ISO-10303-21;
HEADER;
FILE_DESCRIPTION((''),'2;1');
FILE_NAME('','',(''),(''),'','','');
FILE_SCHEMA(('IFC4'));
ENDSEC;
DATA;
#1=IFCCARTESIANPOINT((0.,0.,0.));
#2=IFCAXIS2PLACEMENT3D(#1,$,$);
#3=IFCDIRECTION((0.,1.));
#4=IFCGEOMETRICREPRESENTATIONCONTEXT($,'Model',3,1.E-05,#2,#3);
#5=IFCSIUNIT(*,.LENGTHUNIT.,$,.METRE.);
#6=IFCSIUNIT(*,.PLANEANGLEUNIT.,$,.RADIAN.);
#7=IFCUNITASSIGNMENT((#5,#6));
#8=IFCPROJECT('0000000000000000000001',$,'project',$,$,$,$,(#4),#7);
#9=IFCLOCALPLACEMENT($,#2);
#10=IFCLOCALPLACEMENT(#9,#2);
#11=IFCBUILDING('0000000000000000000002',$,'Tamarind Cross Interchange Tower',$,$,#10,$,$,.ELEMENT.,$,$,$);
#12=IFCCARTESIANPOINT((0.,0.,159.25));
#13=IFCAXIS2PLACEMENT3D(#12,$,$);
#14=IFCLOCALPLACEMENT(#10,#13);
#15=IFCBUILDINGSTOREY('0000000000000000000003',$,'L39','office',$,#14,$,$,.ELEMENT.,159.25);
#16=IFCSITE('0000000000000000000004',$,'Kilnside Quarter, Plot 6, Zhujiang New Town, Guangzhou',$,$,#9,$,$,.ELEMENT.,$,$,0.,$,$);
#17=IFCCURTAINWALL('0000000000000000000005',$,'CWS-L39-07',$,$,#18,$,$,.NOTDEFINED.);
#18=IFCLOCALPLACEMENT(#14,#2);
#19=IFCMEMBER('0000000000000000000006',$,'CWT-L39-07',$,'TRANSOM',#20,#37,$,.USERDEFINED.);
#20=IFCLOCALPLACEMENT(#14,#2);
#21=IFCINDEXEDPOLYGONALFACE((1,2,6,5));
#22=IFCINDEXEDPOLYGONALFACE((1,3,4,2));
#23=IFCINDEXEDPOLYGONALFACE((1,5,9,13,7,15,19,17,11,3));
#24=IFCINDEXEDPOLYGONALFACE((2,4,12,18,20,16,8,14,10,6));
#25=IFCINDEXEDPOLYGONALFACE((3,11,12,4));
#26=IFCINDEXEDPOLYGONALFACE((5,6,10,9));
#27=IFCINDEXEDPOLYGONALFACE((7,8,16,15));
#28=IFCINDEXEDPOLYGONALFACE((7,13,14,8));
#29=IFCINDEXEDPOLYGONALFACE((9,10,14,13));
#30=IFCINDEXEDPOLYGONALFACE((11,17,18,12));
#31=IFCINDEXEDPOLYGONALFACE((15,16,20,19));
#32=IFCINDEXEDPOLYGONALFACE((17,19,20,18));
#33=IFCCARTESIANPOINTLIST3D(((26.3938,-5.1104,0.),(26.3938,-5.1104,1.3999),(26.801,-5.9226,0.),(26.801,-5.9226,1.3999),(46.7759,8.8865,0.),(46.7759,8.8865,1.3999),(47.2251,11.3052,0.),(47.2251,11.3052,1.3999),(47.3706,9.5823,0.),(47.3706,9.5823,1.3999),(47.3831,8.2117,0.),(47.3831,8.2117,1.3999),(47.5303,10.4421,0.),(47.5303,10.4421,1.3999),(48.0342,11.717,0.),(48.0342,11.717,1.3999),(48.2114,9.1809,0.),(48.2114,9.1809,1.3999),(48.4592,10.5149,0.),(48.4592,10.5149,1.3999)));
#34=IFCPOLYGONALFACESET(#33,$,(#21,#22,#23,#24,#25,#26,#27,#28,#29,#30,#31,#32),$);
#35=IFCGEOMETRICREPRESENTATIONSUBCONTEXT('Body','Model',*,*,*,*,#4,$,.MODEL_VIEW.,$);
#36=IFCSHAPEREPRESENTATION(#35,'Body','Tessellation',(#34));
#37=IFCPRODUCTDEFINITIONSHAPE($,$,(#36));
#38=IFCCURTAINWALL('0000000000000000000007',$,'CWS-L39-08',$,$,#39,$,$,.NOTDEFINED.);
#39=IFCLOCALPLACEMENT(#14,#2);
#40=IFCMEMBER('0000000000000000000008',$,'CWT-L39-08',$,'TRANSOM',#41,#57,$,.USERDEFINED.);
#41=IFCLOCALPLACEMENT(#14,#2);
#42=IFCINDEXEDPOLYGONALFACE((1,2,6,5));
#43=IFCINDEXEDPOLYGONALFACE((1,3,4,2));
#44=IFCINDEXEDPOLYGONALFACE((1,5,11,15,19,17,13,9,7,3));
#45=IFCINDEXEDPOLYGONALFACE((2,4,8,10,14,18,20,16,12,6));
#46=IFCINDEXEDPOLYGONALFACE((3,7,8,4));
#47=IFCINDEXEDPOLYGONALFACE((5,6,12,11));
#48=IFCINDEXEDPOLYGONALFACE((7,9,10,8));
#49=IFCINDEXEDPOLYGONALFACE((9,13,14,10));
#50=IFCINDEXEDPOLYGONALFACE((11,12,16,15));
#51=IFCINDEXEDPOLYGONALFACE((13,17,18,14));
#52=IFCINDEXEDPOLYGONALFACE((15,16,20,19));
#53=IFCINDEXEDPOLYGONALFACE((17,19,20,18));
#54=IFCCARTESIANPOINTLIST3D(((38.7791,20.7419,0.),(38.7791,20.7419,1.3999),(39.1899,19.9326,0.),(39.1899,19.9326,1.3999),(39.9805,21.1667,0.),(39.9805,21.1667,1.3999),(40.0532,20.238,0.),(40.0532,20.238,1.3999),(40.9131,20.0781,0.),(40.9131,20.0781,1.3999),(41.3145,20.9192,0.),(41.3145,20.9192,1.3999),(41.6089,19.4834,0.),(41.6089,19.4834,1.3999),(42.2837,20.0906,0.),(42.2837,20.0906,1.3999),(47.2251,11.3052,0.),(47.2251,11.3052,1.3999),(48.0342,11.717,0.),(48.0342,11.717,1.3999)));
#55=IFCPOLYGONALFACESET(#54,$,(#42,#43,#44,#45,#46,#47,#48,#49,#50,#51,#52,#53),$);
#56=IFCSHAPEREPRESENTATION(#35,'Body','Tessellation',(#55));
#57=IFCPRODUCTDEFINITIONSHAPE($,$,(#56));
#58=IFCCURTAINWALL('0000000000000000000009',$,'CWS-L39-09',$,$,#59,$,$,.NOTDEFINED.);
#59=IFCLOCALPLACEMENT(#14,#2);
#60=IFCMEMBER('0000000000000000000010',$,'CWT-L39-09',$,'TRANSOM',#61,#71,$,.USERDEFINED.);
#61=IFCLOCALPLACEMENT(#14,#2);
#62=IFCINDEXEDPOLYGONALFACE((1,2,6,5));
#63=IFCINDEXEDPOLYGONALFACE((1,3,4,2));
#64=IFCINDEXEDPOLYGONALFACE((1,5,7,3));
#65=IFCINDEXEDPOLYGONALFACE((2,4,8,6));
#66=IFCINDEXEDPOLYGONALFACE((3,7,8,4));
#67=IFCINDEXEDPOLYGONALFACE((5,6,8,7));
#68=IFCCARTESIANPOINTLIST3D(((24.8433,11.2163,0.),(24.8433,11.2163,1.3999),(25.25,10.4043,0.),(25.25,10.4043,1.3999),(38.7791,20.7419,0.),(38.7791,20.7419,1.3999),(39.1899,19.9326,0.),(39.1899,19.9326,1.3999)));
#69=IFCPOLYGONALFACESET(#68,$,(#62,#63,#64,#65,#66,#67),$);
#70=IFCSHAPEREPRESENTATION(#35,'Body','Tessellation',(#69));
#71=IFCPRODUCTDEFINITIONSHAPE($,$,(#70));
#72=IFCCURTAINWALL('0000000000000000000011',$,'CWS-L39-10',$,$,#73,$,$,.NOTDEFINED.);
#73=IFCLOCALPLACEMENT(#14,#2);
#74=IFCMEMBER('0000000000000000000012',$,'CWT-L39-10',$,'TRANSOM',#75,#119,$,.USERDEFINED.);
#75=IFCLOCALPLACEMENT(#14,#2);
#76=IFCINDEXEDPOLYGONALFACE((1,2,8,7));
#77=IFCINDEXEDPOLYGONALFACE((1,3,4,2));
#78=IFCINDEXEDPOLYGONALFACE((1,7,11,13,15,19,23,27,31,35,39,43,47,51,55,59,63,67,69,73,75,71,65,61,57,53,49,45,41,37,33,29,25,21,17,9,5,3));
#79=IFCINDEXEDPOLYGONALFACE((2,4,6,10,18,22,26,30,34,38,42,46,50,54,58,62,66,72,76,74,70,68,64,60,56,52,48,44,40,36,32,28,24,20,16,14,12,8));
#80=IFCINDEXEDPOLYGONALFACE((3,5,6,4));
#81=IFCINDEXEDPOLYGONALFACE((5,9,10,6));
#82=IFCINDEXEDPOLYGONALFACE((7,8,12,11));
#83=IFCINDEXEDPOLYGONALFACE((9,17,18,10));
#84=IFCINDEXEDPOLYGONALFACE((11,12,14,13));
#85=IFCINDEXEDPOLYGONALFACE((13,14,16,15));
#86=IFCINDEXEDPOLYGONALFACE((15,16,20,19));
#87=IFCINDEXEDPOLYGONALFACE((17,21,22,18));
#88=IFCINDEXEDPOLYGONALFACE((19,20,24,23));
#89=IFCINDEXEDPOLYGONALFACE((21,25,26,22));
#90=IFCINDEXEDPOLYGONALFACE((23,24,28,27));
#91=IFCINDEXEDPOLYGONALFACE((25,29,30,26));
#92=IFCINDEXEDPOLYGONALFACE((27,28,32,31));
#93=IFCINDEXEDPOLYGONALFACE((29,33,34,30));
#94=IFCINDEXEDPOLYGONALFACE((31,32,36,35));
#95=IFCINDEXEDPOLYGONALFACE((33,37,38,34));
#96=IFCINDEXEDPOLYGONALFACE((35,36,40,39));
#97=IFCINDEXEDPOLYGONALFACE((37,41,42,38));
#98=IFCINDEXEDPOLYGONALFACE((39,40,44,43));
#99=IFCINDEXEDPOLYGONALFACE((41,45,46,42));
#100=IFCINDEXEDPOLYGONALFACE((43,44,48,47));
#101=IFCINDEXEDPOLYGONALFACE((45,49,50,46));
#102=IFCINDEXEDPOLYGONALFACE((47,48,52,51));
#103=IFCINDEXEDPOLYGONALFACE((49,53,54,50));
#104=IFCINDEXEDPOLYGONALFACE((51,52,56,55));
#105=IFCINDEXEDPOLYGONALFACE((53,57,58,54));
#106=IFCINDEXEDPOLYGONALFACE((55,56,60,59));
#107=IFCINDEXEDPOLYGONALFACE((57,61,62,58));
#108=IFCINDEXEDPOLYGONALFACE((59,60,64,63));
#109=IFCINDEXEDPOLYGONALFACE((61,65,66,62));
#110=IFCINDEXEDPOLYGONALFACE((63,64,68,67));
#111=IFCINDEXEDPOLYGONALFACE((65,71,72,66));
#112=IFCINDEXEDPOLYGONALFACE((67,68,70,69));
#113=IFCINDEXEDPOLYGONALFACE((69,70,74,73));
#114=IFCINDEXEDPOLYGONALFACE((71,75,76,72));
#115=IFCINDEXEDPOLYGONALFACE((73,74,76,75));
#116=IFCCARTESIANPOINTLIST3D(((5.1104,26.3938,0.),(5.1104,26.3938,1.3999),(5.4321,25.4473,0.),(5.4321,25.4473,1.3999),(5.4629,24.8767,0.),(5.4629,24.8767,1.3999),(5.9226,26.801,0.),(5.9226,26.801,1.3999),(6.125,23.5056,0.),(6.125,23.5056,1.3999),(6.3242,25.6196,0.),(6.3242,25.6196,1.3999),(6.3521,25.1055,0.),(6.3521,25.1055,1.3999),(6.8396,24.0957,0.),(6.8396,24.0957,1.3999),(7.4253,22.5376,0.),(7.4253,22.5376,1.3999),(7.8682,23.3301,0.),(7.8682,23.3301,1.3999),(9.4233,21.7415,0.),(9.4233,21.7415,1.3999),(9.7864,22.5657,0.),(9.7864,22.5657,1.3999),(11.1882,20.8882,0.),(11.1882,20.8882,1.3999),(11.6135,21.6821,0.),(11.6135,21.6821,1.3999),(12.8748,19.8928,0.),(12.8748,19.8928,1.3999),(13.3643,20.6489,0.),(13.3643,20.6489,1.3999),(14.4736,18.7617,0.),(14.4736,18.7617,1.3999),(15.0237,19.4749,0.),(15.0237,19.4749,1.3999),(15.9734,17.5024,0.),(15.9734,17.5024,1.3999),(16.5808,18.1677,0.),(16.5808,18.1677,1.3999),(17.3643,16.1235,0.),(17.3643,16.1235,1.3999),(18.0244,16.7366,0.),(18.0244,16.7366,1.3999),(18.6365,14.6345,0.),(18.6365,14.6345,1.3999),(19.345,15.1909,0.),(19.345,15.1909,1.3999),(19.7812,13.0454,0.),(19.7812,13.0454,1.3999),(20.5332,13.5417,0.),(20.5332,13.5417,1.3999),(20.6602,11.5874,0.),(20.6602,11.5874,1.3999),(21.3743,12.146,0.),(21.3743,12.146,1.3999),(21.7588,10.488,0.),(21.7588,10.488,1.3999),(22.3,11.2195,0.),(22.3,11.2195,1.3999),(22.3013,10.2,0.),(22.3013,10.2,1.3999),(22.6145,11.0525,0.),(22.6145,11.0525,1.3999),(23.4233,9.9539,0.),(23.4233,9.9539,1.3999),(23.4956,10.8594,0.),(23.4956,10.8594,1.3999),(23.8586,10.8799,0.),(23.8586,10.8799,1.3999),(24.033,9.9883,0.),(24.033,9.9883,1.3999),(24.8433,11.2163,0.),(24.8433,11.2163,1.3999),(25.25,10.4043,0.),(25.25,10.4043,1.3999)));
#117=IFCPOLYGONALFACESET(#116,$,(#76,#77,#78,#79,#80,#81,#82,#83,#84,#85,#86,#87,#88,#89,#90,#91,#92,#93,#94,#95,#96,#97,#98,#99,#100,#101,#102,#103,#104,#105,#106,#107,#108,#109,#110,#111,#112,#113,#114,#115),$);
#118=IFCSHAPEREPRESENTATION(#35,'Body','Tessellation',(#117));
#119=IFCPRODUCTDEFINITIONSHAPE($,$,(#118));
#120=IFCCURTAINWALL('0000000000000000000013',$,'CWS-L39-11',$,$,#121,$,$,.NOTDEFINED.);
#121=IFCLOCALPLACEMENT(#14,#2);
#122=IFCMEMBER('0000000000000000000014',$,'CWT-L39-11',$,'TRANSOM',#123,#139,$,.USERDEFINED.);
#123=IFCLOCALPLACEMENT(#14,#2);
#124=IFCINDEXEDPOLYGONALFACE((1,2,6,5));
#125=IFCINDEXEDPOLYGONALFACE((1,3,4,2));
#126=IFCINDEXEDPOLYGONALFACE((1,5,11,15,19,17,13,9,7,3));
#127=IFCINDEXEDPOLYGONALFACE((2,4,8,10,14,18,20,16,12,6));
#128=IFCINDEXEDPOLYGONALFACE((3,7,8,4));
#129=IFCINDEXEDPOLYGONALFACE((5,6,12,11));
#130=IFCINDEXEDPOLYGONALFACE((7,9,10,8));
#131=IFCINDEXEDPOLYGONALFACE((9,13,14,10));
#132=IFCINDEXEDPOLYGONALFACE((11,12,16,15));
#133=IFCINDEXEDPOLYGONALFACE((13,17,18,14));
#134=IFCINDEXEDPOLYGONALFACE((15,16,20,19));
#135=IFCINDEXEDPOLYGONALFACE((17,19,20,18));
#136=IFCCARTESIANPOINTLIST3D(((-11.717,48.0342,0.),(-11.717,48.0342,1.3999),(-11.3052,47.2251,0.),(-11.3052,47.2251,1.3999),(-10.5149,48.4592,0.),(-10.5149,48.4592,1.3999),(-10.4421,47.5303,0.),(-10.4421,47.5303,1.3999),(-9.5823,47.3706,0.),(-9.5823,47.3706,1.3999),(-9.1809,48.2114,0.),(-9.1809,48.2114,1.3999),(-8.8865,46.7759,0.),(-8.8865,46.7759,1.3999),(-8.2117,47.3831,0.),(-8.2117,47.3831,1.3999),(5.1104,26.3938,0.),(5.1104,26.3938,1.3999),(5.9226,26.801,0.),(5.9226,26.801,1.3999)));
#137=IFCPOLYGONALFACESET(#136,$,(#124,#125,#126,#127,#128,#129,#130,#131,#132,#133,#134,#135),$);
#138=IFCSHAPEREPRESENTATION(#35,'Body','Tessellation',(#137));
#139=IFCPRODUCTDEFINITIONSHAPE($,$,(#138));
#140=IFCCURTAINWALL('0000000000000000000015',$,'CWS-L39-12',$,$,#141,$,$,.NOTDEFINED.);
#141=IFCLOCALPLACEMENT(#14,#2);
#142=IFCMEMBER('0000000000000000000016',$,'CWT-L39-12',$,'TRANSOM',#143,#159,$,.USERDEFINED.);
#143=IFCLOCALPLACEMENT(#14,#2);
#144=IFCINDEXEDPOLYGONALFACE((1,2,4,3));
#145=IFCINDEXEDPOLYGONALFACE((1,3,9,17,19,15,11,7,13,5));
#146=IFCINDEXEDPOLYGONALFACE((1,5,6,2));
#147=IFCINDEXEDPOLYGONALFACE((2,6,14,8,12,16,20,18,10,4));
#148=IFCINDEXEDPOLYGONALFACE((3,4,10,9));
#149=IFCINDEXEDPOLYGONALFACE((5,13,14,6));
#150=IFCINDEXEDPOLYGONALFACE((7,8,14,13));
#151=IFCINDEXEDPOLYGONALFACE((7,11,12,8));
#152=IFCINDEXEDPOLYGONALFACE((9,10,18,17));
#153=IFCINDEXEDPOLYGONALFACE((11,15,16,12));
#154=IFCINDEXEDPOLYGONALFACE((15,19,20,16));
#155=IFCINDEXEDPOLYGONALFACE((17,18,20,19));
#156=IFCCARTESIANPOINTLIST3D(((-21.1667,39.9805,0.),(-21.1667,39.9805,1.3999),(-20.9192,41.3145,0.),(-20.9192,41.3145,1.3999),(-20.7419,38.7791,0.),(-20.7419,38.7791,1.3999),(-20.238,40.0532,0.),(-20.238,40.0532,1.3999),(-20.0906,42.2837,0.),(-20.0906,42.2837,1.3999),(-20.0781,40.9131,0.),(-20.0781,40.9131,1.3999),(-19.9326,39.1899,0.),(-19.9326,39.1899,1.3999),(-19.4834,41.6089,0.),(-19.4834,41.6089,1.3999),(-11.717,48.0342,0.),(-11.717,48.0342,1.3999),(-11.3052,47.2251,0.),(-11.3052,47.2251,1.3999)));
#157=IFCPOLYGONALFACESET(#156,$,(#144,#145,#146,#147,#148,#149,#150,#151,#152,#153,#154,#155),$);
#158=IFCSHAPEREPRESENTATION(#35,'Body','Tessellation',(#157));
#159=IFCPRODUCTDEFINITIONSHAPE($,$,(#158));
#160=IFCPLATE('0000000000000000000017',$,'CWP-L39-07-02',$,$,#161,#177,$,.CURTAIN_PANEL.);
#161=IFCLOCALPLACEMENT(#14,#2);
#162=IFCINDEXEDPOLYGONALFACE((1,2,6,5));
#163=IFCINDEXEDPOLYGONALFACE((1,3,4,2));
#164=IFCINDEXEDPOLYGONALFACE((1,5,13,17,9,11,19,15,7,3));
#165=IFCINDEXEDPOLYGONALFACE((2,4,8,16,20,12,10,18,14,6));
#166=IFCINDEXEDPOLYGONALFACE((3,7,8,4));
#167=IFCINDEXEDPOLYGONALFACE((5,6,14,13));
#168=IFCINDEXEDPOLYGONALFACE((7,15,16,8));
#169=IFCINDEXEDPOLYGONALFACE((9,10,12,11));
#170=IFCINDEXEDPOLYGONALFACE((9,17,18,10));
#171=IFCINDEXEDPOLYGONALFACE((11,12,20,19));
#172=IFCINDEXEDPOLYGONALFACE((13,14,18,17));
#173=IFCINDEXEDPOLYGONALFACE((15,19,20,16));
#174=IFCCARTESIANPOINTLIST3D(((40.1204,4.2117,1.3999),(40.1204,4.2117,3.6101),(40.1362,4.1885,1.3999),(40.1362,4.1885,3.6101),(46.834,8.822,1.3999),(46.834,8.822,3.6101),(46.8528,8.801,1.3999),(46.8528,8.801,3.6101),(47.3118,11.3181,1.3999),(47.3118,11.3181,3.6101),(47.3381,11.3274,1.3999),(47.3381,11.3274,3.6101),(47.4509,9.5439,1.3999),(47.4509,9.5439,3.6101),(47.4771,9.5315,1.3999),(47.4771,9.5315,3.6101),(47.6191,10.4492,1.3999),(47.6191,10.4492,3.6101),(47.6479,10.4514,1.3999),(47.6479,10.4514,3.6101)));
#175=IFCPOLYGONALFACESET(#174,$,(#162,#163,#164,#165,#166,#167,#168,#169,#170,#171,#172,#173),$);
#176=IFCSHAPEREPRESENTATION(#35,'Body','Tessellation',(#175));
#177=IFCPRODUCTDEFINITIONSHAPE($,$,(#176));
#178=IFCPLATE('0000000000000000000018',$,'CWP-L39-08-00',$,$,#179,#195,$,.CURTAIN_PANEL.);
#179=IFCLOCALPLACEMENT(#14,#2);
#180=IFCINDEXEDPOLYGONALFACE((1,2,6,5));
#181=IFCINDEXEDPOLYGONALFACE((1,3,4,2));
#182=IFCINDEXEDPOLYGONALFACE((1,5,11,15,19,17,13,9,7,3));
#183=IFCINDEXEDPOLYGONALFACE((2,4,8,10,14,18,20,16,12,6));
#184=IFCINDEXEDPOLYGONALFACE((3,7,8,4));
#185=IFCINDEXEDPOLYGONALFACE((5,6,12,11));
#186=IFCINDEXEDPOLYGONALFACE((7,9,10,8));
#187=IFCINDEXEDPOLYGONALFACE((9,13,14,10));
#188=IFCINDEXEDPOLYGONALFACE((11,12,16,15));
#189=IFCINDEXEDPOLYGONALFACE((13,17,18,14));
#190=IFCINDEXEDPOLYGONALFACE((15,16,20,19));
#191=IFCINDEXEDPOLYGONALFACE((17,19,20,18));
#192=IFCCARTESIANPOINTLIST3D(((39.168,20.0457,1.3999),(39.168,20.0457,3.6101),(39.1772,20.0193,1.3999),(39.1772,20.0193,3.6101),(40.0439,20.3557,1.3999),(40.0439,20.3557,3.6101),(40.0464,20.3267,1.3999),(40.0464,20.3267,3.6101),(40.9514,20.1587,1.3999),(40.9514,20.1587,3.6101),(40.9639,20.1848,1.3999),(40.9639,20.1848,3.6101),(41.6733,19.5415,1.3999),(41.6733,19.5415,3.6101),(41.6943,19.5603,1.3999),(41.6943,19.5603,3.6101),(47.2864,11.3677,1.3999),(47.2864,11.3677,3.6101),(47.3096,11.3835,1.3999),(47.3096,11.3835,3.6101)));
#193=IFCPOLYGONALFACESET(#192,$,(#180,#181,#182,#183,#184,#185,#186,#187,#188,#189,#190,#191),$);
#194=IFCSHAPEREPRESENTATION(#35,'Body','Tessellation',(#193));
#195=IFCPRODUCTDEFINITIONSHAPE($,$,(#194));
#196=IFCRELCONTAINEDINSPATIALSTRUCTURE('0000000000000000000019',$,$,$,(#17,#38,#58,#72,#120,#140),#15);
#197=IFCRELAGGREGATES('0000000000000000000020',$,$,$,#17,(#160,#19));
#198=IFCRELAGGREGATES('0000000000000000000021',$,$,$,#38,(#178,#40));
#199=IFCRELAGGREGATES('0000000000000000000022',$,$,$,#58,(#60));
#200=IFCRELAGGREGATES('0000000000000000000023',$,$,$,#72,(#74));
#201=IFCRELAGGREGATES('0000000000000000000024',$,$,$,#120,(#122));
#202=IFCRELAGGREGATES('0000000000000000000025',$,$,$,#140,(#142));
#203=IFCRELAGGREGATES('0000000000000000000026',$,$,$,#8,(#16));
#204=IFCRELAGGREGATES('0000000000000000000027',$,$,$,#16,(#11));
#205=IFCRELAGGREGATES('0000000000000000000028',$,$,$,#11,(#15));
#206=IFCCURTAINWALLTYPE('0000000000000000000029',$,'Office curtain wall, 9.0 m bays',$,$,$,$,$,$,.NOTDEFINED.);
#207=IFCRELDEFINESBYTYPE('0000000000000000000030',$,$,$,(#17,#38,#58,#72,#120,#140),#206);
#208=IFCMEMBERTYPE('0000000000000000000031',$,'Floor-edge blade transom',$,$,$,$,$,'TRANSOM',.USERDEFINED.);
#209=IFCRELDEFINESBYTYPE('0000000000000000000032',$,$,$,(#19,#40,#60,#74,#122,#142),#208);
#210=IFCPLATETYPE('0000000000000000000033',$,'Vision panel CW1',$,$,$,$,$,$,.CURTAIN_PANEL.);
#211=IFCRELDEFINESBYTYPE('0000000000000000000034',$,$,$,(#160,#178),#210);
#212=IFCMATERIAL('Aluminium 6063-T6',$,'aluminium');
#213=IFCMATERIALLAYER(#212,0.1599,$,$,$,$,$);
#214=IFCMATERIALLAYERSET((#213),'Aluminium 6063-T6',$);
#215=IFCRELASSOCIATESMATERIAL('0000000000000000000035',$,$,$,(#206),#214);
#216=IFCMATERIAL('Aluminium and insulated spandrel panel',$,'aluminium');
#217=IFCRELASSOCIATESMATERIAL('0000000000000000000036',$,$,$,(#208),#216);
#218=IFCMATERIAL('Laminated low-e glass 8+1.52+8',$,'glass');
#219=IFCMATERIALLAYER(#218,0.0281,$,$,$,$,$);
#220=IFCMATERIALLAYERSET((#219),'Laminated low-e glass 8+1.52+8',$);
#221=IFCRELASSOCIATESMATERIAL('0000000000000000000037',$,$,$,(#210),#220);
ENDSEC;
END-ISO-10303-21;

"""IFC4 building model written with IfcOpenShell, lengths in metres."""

from ifc_helpers import new_model, si_unit, direction, frame, origin, place, context, subcontext, project, spatial, polyline, outline, extrude, material, layer, layer_set, type_object, element, aggregate, save


model = new_model("IFC4")

# Units and contexts
model_context = context("Model", 3, precision=1e-05, world=origin(), true_north=direction((0.0, 1.0)))
body_context = subcontext(model_context, "Body", "Model", "MODEL_VIEW")
ifc_project = project(units=[si_unit("LENGTHUNIT", "METRE"), si_unit("PLANEANGLEUNIT", "RADIAN")], contexts=[model_context])

# Site, building, storey
site_placement = place(None, origin())
site = spatial("IfcSite", under=ifc_project, at=site_placement, Name="Kilnside Quarter, Plot 6, Zhujiang New Town, Guangzhou", CompositionType="ELEMENT", RefElevation=0.0)
building_placement = place(site_placement, origin())
building = spatial("IfcBuilding", under=site, at=building_placement, Name="Tamarind Cross Interchange Tower", CompositionType="ELEMENT")
storey_placement = place(building_placement, frame((0.0, 0.0, 159.25)))
storey = spatial("IfcBuildingStorey", under=building, at=storey_placement, Name="L39", Description="office", CompositionType="ELEMENT", Elevation=159.25)

# Curtain walls, members
ifc_material_1 = material(Name="Aluminium 6063-T6", Category="aluminium")
ifc_layer_1 = layer(ifc_material_1, 0.1599)
ifc_layer_set_1 = layer_set([ifc_layer_1], Name="Aluminium 6063-T6")
curtain_wall_type = type_object("IfcCurtainWallType", Name="Office curtain wall, 9.0 m bays", PredefinedType="NOTDEFINED", material=ifc_layer_set_1)
curtain_wall_1_placement = place(storey_placement, origin())
curtain_wall_1 = element("IfcCurtainWall", 1, at=curtain_wall_1_placement, inside=storey, type_object=curtain_wall_type, Name="CWS-L39-07", PredefinedType="NOTDEFINED")
ifc_material_2 = material(Name="Aluminium and insulated spandrel panel", Category="aluminium")
member_type = type_object("IfcMemberType", Name="Floor-edge blade transom", ElementType="TRANSOM", PredefinedType="USERDEFINED", material=ifc_material_2)
member_1_placement = place(storey_placement, origin())
member_1 = element("IfcMember", 2, at=member_1_placement, type_object=member_type, Name="CWT-L39-07", ObjectType="TRANSOM", PredefinedType="USERDEFINED", context=body_context, shape_type="SweptSolid", body=[
    extrude(outline(polyline([(26.3938, -5.1104), (46.7759, 8.8865), (47.3706, 9.5823), (47.5303, 10.4421), (47.2251, 11.3052), (48.0342, 11.717), (48.4592, 10.5149), (48.2114, 9.1809), (47.3831, 8.2117), (26.801, -5.9226), (26.3938, -5.1104)])), origin(), (0.0, 0.0, 1.0), 1.3999),
])
curtain_wall_2_placement = place(storey_placement, origin())
curtain_wall_2 = element("IfcCurtainWall", 3, at=curtain_wall_2_placement, inside=storey, type_object=curtain_wall_type, Name="CWS-L39-08", PredefinedType="NOTDEFINED")
member_2_placement = place(storey_placement, origin())
member_2 = element("IfcMember", 4, at=member_2_placement, type_object=member_type, Name="CWT-L39-08", ObjectType="TRANSOM", PredefinedType="USERDEFINED", context=body_context, shape_type="SweptSolid", body=[
    extrude(outline(polyline([(47.2251, 11.3052), (41.6089, 19.4834), (40.9131, 20.0781), (40.0532, 20.238), (39.1899, 19.9326), (38.7791, 20.7419), (39.9805, 21.1667), (41.3145, 20.9192), (42.2837, 20.0906), (48.0342, 11.717), (47.2251, 11.3052)])), origin(), (0.0, 0.0, 1.0), 1.3999),
])
curtain_wall_3_placement = place(storey_placement, origin())
curtain_wall_3 = element("IfcCurtainWall", 5, at=curtain_wall_3_placement, inside=storey, type_object=curtain_wall_type, Name="CWS-L39-09", PredefinedType="NOTDEFINED")
member_3_placement = place(storey_placement, origin())
member_3 = element("IfcMember", 6, at=member_3_placement, type_object=member_type, Name="CWT-L39-09", ObjectType="TRANSOM", PredefinedType="USERDEFINED", context=body_context, shape_type="SweptSolid", body=[
    extrude(outline(polyline([(39.1899, 19.9326), (25.25, 10.4043), (24.8433, 11.2163), (38.7791, 20.7419), (39.1899, 19.9326)])), origin(), (0.0, 0.0, 1.0), 1.3999),
])
curtain_wall_4_placement = place(storey_placement, origin())
curtain_wall_4 = element("IfcCurtainWall", 7, at=curtain_wall_4_placement, inside=storey, type_object=curtain_wall_type, Name="CWS-L39-10", PredefinedType="NOTDEFINED")
member_4_placement = place(storey_placement, origin())
member_4 = element("IfcMember", 8, at=member_4_placement, type_object=member_type, Name="CWT-L39-10", ObjectType="TRANSOM", PredefinedType="USERDEFINED", context=body_context, shape_type="SweptSolid", body=[
    extrude(outline(polyline([(25.25, 10.4043), (24.033, 9.9883), (23.4233, 9.9539), (22.3013, 10.2), (21.7588, 10.488), (20.6602, 11.5874), (19.7812, 13.0454), (18.6365, 14.6345), (17.3643, 16.1235), (15.9734, 17.5024), (14.4736, 18.7617), (12.8748, 19.8928), (11.1882, 20.8882), (9.4233, 21.7415), (7.4253, 22.5376), (6.125, 23.5056), (5.4629, 24.8767), (5.4321, 25.4473), (5.1104, 26.3938), (5.9226, 26.801), (6.3242, 25.6196), (6.3521, 25.1055), (6.8396, 24.0957), (7.8682, 23.3301), (9.7864, 22.5657), (11.6135, 21.6821), (13.3643, 20.6489), (15.0237, 19.4749), (16.5808, 18.1677), (18.0244, 16.7366), (19.345, 15.1909), (20.5332, 13.5417), (21.3743, 12.146), (22.3, 11.2195), (22.6145, 11.0525), (23.4956, 10.8594), (23.8586, 10.8799), (24.8433, 11.2163), (25.25, 10.4043)])), origin(), (0.0, 0.0, 1.0), 1.3999),
])
curtain_wall_5_placement = place(storey_placement, origin())
curtain_wall_5 = element("IfcCurtainWall", 9, at=curtain_wall_5_placement, inside=storey, type_object=curtain_wall_type, Name="CWS-L39-11", PredefinedType="NOTDEFINED")
member_5_placement = place(storey_placement, origin())
member_5 = element("IfcMember", 10, at=member_5_placement, type_object=member_type, Name="CWT-L39-11", ObjectType="TRANSOM", PredefinedType="USERDEFINED", context=body_context, shape_type="SweptSolid", body=[
    extrude(outline(polyline([(5.1104, 26.3938), (-8.8865, 46.7759), (-9.5823, 47.3706), (-10.4421, 47.5303), (-11.3052, 47.2251), (-11.717, 48.0342), (-10.5149, 48.4592), (-9.1809, 48.2114), (-8.2117, 47.3831), (5.9226, 26.801), (5.1104, 26.3938)])), origin(), (0.0, 0.0, 1.0), 1.3999),
])
curtain_wall_6_placement = place(storey_placement, origin())
curtain_wall_6 = element("IfcCurtainWall", 11, at=curtain_wall_6_placement, inside=storey, type_object=curtain_wall_type, Name="CWS-L39-12", PredefinedType="NOTDEFINED")
member_6_placement = place(storey_placement, origin())
member_6 = element("IfcMember", 12, at=member_6_placement, type_object=member_type, Name="CWT-L39-12", ObjectType="TRANSOM", PredefinedType="USERDEFINED", context=body_context, shape_type="SweptSolid", body=[
    extrude(outline(polyline([(-11.3052, 47.2251), (-19.4834, 41.6089), (-20.0781, 40.9131), (-20.238, 40.0532), (-19.9326, 39.1899), (-20.7419, 38.7791), (-21.1667, 39.9805), (-20.9192, 41.3145), (-20.0906, 42.2837), (-11.717, 48.0342), (-11.3052, 47.2251)])), origin(), (0.0, 0.0, 1.0), 1.3999),
])

# Plates
ifc_material_3 = material(Name="Laminated low-e glass 8+1.52+8", Category="glass")
ifc_layer_2 = layer(ifc_material_3, 0.0281)
ifc_layer_set_2 = layer_set([ifc_layer_2], Name="Laminated low-e glass 8+1.52+8")
plate_type = type_object("IfcPlateType", Name="Vision panel CW1", PredefinedType="CURTAIN_PANEL", material=ifc_layer_set_2)
plate_1_placement = place(storey_placement, frame((0.0, 0.0, 1.3999)))
plate_1 = element("IfcPlate", 13, at=plate_1_placement, type_object=plate_type, Name="CWP-L39-07-02", PredefinedType="CURTAIN_PANEL", context=body_context, shape_type="SweptSolid", body=[
    extrude(outline(polyline([(40.1204, 4.2117), (46.834, 8.822), (47.4509, 9.5439), (47.6191, 10.4492), (47.3118, 11.3181), (47.3381, 11.3274), (47.6479, 10.4514), (47.4771, 9.5315), (46.8528, 8.801), (40.1362, 4.1885), (40.1204, 4.2117)])), origin(), (0.0, 0.0, 1.0), 2.2102),
])
aggregate(curtain_wall_1, [plate_1, member_1])
plate_2_placement = place(storey_placement, frame((0.0, 0.0, 1.3999)))
plate_2 = element("IfcPlate", 14, at=plate_2_placement, type_object=plate_type, Name="CWP-L39-08-00", PredefinedType="CURTAIN_PANEL", context=body_context, shape_type="SweptSolid", body=[
    extrude(outline(polyline([(47.2864, 11.3677), (41.6733, 19.5415), (40.9514, 20.1587), (40.0464, 20.3267), (39.1772, 20.0193), (39.168, 20.0457), (40.0439, 20.3557), (40.9639, 20.1848), (41.6943, 19.5603), (47.3096, 11.3835), (47.2864, 11.3677)])), origin(), (0.0, 0.0, 1.0), 2.2102),
])
aggregate(curtain_wall_2, [plate_2, member_2])
aggregate(curtain_wall_3, [member_3])
aggregate(curtain_wall_4, [member_4])
aggregate(curtain_wall_5, [member_5])
aggregate(curtain_wall_6, [member_6])

save(model, "model.ifc")
